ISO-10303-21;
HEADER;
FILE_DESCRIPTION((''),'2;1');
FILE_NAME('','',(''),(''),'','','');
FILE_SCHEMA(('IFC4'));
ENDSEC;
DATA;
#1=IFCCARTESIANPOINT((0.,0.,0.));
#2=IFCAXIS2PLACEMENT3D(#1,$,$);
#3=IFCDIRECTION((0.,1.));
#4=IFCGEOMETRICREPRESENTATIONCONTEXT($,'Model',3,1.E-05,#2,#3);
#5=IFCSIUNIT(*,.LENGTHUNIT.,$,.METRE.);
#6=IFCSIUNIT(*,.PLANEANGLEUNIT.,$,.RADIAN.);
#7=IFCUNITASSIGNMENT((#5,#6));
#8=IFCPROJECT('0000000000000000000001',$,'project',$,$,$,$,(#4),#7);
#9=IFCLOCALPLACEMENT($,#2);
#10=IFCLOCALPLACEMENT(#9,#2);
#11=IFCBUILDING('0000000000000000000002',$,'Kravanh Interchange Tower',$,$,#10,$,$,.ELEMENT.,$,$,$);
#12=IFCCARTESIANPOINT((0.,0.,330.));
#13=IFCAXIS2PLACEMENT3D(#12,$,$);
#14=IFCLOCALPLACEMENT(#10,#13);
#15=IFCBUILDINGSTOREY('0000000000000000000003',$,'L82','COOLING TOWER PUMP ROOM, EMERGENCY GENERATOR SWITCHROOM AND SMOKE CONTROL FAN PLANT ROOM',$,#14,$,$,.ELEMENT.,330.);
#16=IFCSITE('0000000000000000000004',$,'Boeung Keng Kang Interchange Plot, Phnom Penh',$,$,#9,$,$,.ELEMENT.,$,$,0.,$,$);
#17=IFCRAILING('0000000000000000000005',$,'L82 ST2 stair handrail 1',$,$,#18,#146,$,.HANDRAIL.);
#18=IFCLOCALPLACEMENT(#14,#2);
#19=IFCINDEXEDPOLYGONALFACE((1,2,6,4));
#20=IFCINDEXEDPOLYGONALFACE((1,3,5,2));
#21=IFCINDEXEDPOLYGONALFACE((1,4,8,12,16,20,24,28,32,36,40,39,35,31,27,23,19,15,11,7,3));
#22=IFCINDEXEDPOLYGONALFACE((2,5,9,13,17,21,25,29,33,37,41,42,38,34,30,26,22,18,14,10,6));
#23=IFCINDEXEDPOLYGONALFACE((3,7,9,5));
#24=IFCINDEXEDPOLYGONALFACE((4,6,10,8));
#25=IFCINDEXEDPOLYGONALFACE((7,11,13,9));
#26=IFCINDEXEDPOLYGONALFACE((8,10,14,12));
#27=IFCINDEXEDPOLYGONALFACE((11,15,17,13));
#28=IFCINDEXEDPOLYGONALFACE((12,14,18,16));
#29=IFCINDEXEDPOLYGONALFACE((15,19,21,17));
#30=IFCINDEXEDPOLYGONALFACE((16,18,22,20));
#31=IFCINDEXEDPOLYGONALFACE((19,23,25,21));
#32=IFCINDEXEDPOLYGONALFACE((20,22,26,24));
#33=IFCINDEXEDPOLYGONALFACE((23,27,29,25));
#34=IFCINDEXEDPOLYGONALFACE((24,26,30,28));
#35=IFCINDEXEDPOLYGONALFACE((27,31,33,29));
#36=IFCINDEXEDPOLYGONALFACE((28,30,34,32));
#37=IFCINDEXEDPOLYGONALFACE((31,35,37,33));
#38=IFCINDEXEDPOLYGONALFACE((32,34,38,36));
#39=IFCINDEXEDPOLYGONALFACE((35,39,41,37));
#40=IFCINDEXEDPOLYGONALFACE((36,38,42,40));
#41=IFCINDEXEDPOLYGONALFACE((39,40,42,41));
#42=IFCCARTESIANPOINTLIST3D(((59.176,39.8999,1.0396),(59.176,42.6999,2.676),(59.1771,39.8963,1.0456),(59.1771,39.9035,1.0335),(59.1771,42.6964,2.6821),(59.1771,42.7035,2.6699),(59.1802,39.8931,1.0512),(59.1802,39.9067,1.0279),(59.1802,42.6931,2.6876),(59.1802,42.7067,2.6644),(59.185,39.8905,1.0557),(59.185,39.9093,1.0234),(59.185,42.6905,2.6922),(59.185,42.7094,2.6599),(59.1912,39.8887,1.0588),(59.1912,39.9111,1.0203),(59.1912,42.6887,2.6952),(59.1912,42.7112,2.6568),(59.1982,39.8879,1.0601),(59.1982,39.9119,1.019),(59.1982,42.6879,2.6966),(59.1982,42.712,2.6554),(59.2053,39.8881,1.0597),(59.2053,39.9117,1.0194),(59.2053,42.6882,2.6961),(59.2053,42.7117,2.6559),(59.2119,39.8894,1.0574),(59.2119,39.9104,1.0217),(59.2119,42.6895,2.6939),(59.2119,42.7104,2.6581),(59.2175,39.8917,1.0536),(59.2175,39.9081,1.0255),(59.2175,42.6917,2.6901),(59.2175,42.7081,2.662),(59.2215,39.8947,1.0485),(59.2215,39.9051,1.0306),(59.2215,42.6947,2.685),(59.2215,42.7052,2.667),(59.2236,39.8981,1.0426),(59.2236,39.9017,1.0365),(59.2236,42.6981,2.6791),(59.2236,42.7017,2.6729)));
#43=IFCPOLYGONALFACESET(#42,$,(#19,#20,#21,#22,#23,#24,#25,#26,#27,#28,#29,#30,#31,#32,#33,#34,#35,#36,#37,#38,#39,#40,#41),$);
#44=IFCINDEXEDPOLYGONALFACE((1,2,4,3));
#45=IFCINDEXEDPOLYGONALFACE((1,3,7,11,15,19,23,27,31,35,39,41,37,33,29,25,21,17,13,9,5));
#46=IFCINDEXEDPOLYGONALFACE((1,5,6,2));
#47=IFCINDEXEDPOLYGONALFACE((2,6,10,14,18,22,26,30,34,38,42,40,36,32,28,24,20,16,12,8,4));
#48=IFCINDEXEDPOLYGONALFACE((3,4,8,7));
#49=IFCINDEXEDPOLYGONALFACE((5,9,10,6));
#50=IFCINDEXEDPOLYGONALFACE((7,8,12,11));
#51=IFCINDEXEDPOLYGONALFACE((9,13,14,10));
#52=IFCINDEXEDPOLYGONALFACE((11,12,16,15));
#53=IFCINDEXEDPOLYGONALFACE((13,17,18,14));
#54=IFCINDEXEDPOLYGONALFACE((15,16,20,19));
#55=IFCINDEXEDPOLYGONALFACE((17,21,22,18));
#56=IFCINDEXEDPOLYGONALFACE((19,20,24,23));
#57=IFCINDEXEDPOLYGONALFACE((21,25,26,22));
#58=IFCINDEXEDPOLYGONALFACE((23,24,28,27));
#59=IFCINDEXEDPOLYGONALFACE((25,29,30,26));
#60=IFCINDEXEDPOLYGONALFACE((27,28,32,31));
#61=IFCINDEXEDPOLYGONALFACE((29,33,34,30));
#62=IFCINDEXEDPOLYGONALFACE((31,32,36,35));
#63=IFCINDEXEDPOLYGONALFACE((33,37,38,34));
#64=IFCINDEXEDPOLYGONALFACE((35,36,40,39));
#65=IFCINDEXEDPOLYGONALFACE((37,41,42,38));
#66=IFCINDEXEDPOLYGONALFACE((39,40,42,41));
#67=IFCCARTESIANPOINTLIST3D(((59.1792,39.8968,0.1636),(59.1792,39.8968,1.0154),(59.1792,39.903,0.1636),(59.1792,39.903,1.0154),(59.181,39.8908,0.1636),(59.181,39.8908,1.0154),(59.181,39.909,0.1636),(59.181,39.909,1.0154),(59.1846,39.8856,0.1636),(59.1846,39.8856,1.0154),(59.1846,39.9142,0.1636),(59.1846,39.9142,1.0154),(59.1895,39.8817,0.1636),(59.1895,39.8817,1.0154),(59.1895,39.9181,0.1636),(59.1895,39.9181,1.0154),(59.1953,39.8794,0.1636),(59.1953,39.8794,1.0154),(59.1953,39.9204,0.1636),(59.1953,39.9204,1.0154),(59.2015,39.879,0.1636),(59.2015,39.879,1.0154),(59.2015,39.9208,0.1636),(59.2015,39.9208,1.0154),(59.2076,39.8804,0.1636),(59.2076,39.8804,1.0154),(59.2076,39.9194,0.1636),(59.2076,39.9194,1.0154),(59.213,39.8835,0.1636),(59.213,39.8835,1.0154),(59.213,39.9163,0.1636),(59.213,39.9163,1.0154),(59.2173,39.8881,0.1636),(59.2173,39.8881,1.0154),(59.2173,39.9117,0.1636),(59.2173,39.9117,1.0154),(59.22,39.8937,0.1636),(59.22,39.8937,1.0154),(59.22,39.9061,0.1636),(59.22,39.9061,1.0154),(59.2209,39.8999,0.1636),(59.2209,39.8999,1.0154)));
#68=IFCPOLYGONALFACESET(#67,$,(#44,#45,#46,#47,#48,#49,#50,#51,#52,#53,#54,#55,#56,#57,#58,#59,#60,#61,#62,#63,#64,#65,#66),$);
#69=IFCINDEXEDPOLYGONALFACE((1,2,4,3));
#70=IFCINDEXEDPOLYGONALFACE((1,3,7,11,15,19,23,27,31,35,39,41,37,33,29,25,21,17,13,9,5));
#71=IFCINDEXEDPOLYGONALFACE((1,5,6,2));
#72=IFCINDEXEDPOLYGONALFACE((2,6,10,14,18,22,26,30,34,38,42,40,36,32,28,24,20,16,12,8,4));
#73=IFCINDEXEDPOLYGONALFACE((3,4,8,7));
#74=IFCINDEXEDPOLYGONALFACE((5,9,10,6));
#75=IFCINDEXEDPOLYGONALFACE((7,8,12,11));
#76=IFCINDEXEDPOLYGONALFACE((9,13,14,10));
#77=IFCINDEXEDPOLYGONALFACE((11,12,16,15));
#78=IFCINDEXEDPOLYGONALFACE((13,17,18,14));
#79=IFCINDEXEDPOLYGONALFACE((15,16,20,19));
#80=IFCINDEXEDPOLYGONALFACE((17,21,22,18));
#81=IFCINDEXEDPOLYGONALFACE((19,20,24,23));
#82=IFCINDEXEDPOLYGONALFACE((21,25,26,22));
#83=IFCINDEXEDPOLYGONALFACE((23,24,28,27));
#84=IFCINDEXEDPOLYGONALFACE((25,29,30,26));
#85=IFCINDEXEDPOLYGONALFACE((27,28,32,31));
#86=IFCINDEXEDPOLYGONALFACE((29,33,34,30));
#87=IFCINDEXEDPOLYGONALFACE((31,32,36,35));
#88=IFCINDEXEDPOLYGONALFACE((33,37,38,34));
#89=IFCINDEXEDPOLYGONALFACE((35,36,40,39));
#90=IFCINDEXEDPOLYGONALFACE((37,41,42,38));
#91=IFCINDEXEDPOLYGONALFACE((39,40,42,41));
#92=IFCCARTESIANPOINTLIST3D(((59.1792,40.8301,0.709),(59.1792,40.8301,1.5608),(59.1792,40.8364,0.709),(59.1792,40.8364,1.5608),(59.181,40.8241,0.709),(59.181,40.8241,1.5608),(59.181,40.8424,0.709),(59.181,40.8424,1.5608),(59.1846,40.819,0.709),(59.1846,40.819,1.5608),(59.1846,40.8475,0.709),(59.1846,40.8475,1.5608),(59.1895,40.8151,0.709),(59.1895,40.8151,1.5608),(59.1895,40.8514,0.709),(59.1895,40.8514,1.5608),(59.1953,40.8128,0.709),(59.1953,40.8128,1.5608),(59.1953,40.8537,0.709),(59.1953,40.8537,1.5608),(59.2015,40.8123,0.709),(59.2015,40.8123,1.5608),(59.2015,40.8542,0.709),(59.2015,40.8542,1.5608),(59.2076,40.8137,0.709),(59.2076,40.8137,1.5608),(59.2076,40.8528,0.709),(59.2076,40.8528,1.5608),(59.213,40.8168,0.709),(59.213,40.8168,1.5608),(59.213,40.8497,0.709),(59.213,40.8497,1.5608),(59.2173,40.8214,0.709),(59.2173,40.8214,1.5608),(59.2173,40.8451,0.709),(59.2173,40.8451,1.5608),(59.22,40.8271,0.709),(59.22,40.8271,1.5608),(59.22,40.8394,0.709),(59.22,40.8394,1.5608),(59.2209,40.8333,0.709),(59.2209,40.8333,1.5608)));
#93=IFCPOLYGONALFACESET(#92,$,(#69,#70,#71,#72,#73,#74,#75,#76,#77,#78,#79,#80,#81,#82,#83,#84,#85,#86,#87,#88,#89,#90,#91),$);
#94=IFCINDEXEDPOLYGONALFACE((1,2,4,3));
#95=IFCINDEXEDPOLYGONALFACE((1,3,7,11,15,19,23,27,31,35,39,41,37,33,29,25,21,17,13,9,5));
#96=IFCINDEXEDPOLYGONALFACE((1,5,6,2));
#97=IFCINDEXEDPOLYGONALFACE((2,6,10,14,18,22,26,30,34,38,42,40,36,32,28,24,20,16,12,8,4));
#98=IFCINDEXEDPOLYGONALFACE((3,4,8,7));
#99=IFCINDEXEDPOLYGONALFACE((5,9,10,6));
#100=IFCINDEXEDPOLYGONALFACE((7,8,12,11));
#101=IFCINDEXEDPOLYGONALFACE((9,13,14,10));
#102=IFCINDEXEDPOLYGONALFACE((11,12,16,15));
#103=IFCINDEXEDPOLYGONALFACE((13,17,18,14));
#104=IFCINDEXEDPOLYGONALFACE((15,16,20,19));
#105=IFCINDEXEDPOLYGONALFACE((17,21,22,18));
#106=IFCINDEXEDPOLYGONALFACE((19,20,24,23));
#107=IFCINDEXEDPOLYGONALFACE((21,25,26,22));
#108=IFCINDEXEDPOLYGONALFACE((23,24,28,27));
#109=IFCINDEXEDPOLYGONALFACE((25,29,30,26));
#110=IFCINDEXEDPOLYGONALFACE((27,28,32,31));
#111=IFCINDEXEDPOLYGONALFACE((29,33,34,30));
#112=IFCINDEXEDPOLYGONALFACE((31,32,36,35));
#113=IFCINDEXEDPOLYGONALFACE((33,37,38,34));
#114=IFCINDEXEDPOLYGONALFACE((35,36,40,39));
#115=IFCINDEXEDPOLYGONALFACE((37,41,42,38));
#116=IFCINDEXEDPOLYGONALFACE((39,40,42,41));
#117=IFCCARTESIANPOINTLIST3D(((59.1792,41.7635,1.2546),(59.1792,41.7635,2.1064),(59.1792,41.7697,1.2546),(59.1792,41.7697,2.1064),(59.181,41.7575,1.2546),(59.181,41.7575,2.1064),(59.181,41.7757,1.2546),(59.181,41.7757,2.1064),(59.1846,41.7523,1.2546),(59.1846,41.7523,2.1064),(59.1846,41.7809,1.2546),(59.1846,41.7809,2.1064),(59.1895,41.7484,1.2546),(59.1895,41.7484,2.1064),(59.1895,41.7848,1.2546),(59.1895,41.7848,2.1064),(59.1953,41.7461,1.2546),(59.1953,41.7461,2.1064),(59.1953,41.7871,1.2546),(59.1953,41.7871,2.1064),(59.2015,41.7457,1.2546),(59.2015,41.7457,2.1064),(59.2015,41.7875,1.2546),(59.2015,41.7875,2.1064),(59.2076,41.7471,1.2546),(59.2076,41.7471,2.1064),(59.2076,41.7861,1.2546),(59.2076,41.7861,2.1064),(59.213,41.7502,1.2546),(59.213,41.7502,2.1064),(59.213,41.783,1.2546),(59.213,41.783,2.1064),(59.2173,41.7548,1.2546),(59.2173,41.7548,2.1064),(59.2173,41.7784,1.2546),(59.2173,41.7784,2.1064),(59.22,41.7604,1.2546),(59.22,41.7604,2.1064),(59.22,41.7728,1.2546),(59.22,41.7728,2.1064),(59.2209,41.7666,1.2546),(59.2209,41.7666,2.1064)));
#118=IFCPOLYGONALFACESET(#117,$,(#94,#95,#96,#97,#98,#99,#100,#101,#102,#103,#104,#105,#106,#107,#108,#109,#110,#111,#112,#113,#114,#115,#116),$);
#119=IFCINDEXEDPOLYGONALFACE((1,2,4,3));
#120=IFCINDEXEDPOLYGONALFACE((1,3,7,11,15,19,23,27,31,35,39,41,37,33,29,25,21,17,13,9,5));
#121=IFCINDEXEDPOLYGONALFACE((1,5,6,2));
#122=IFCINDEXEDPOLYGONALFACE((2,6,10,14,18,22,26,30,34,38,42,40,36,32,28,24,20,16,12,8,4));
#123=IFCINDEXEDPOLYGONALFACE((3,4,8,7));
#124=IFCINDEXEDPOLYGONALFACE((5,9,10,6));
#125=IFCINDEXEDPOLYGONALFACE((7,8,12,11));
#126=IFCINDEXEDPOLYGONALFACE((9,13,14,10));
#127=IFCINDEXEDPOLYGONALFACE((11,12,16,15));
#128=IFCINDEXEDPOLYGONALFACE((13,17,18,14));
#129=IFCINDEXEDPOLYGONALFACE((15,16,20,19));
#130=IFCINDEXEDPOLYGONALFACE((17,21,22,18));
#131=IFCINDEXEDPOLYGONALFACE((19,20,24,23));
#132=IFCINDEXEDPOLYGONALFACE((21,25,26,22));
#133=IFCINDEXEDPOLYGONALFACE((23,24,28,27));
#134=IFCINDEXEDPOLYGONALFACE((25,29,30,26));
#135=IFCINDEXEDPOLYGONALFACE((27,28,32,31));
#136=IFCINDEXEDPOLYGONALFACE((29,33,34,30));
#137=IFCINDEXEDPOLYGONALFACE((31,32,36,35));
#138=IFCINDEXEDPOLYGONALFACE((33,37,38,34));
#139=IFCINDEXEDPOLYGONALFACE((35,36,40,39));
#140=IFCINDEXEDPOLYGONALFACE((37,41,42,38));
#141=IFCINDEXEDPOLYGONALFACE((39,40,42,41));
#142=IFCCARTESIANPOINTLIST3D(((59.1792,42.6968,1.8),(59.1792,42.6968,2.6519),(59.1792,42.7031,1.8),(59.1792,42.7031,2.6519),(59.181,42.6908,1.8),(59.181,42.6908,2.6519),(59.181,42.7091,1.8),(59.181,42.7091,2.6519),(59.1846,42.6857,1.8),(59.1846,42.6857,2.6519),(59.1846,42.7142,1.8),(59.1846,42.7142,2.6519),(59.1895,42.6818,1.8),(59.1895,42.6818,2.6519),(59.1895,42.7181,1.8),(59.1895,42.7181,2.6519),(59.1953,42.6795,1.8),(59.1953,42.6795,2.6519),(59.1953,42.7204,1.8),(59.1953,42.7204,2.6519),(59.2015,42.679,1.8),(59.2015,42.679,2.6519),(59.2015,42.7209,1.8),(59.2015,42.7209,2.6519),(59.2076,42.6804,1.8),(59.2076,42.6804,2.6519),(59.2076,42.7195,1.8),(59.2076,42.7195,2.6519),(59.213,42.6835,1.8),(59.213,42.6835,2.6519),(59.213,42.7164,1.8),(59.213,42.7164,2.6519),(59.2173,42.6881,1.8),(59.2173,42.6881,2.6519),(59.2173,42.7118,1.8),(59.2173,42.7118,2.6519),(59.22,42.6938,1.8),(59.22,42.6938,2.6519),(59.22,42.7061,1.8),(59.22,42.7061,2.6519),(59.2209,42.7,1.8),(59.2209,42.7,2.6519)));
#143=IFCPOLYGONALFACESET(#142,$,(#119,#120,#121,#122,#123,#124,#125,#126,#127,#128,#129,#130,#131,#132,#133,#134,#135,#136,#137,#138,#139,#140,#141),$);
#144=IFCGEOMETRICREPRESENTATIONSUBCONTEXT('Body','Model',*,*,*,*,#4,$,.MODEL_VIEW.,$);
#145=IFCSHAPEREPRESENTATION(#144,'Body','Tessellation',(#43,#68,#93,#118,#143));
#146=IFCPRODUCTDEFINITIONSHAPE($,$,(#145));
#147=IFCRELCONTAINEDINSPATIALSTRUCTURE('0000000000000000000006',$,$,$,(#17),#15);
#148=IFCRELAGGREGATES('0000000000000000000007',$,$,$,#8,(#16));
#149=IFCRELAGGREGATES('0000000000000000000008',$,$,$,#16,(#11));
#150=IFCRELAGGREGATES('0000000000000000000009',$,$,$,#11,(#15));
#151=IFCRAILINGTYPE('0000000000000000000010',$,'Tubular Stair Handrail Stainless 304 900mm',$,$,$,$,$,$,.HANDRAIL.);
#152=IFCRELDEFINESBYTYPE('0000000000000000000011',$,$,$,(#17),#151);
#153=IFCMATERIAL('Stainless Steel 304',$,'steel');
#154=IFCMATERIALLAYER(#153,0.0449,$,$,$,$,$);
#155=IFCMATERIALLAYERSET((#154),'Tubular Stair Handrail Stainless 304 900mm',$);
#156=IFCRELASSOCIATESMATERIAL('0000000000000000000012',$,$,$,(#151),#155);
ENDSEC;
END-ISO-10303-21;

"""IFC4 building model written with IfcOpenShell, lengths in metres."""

from ifc_helpers import new_model, si_unit, direction, frame, origin, origin_2d, place, context, subcontext, project, spatial, circle, extrude, material, layer, layer_set, type_object, element, save


model = new_model("IFC4")

# Units and contexts
model_context = context("Model", 3, precision=1e-05, world=origin(), true_north=direction((0.0, 1.0)))
body_context = subcontext(model_context, "Body", "Model", "MODEL_VIEW")
ifc_project = project(units=[si_unit("LENGTHUNIT", "METRE"), si_unit("PLANEANGLEUNIT", "RADIAN")], contexts=[model_context])

# Site, building, storey
site_placement = place(None, origin())
site = spatial("IfcSite", under=ifc_project, at=site_placement, Name="Boeung Keng Kang Interchange Plot, Phnom Penh", CompositionType="ELEMENT", RefElevation=0.0)
building_placement = place(site_placement, origin())
building = spatial("IfcBuilding", under=site, at=building_placement, Name="Kravanh Interchange Tower", CompositionType="ELEMENT")
storey_placement = place(building_placement, frame((0.0, 0.0, 330.0)))
storey = spatial("IfcBuildingStorey", under=building, at=storey_placement, Name="L82", Description="COOLING TOWER PUMP ROOM, EMERGENCY GENERATOR SWITCHROOM AND SMOKE CONTROL FAN PLANT ROOM", CompositionType="ELEMENT", Elevation=330.0)

# Railing
ifc_material_1 = material(Name="Stainless Steel 304", Category="steel")
ifc_layer_1 = layer(ifc_material_1, 0.0449)
ifc_layer_set_1 = layer_set([ifc_layer_1], Name="Tubular Stair Handrail Stainless 304 900mm")
railing_type_1 = type_object("IfcRailingType", Name="Tubular Stair Handrail Stainless 304 900mm", PredefinedType="HANDRAIL", material=ifc_layer_set_1)
railing_1_placement = place(storey_placement, frame((59.2, 39.8999, 0.1636)))
element("IfcRailing", 1, at=railing_1_placement, inside=storey, type_object=railing_type_1, Name="L82 ST2 stair handrail 1", PredefinedType="HANDRAIL", context=body_context, shape_type="SweptSolid", body=[
    extrude(circle(Radius=0.0239, at=origin_2d()), frame((0.0, 0.0, 0.876), z_axis=(0.0, 0.863361, 0.504587), x_axis=(-1.0, 0.0, 0.0)), (0.0, 0.0, 1.0), 3.2432),
    extrude(circle(Radius=0.021, at=origin_2d()), origin(), (0.0, 0.0, 1.0), 0.8518),
    extrude(circle(Radius=0.021, at=origin_2d()), frame((0.0, 0.9333, 0.5454)), (0.0, 0.0, 1.0), 0.8518),
    extrude(circle(Radius=0.021, at=origin_2d()), frame((0.0, 1.8667, 1.0911)), (0.0, 0.0, 1.0), 0.8518),
    extrude(circle(Radius=0.021, at=origin_2d()), frame((0.0, 2.8, 1.6365)), (0.0, 0.0, 1.0), 0.8518),
])

save(model, "model.ifc")
